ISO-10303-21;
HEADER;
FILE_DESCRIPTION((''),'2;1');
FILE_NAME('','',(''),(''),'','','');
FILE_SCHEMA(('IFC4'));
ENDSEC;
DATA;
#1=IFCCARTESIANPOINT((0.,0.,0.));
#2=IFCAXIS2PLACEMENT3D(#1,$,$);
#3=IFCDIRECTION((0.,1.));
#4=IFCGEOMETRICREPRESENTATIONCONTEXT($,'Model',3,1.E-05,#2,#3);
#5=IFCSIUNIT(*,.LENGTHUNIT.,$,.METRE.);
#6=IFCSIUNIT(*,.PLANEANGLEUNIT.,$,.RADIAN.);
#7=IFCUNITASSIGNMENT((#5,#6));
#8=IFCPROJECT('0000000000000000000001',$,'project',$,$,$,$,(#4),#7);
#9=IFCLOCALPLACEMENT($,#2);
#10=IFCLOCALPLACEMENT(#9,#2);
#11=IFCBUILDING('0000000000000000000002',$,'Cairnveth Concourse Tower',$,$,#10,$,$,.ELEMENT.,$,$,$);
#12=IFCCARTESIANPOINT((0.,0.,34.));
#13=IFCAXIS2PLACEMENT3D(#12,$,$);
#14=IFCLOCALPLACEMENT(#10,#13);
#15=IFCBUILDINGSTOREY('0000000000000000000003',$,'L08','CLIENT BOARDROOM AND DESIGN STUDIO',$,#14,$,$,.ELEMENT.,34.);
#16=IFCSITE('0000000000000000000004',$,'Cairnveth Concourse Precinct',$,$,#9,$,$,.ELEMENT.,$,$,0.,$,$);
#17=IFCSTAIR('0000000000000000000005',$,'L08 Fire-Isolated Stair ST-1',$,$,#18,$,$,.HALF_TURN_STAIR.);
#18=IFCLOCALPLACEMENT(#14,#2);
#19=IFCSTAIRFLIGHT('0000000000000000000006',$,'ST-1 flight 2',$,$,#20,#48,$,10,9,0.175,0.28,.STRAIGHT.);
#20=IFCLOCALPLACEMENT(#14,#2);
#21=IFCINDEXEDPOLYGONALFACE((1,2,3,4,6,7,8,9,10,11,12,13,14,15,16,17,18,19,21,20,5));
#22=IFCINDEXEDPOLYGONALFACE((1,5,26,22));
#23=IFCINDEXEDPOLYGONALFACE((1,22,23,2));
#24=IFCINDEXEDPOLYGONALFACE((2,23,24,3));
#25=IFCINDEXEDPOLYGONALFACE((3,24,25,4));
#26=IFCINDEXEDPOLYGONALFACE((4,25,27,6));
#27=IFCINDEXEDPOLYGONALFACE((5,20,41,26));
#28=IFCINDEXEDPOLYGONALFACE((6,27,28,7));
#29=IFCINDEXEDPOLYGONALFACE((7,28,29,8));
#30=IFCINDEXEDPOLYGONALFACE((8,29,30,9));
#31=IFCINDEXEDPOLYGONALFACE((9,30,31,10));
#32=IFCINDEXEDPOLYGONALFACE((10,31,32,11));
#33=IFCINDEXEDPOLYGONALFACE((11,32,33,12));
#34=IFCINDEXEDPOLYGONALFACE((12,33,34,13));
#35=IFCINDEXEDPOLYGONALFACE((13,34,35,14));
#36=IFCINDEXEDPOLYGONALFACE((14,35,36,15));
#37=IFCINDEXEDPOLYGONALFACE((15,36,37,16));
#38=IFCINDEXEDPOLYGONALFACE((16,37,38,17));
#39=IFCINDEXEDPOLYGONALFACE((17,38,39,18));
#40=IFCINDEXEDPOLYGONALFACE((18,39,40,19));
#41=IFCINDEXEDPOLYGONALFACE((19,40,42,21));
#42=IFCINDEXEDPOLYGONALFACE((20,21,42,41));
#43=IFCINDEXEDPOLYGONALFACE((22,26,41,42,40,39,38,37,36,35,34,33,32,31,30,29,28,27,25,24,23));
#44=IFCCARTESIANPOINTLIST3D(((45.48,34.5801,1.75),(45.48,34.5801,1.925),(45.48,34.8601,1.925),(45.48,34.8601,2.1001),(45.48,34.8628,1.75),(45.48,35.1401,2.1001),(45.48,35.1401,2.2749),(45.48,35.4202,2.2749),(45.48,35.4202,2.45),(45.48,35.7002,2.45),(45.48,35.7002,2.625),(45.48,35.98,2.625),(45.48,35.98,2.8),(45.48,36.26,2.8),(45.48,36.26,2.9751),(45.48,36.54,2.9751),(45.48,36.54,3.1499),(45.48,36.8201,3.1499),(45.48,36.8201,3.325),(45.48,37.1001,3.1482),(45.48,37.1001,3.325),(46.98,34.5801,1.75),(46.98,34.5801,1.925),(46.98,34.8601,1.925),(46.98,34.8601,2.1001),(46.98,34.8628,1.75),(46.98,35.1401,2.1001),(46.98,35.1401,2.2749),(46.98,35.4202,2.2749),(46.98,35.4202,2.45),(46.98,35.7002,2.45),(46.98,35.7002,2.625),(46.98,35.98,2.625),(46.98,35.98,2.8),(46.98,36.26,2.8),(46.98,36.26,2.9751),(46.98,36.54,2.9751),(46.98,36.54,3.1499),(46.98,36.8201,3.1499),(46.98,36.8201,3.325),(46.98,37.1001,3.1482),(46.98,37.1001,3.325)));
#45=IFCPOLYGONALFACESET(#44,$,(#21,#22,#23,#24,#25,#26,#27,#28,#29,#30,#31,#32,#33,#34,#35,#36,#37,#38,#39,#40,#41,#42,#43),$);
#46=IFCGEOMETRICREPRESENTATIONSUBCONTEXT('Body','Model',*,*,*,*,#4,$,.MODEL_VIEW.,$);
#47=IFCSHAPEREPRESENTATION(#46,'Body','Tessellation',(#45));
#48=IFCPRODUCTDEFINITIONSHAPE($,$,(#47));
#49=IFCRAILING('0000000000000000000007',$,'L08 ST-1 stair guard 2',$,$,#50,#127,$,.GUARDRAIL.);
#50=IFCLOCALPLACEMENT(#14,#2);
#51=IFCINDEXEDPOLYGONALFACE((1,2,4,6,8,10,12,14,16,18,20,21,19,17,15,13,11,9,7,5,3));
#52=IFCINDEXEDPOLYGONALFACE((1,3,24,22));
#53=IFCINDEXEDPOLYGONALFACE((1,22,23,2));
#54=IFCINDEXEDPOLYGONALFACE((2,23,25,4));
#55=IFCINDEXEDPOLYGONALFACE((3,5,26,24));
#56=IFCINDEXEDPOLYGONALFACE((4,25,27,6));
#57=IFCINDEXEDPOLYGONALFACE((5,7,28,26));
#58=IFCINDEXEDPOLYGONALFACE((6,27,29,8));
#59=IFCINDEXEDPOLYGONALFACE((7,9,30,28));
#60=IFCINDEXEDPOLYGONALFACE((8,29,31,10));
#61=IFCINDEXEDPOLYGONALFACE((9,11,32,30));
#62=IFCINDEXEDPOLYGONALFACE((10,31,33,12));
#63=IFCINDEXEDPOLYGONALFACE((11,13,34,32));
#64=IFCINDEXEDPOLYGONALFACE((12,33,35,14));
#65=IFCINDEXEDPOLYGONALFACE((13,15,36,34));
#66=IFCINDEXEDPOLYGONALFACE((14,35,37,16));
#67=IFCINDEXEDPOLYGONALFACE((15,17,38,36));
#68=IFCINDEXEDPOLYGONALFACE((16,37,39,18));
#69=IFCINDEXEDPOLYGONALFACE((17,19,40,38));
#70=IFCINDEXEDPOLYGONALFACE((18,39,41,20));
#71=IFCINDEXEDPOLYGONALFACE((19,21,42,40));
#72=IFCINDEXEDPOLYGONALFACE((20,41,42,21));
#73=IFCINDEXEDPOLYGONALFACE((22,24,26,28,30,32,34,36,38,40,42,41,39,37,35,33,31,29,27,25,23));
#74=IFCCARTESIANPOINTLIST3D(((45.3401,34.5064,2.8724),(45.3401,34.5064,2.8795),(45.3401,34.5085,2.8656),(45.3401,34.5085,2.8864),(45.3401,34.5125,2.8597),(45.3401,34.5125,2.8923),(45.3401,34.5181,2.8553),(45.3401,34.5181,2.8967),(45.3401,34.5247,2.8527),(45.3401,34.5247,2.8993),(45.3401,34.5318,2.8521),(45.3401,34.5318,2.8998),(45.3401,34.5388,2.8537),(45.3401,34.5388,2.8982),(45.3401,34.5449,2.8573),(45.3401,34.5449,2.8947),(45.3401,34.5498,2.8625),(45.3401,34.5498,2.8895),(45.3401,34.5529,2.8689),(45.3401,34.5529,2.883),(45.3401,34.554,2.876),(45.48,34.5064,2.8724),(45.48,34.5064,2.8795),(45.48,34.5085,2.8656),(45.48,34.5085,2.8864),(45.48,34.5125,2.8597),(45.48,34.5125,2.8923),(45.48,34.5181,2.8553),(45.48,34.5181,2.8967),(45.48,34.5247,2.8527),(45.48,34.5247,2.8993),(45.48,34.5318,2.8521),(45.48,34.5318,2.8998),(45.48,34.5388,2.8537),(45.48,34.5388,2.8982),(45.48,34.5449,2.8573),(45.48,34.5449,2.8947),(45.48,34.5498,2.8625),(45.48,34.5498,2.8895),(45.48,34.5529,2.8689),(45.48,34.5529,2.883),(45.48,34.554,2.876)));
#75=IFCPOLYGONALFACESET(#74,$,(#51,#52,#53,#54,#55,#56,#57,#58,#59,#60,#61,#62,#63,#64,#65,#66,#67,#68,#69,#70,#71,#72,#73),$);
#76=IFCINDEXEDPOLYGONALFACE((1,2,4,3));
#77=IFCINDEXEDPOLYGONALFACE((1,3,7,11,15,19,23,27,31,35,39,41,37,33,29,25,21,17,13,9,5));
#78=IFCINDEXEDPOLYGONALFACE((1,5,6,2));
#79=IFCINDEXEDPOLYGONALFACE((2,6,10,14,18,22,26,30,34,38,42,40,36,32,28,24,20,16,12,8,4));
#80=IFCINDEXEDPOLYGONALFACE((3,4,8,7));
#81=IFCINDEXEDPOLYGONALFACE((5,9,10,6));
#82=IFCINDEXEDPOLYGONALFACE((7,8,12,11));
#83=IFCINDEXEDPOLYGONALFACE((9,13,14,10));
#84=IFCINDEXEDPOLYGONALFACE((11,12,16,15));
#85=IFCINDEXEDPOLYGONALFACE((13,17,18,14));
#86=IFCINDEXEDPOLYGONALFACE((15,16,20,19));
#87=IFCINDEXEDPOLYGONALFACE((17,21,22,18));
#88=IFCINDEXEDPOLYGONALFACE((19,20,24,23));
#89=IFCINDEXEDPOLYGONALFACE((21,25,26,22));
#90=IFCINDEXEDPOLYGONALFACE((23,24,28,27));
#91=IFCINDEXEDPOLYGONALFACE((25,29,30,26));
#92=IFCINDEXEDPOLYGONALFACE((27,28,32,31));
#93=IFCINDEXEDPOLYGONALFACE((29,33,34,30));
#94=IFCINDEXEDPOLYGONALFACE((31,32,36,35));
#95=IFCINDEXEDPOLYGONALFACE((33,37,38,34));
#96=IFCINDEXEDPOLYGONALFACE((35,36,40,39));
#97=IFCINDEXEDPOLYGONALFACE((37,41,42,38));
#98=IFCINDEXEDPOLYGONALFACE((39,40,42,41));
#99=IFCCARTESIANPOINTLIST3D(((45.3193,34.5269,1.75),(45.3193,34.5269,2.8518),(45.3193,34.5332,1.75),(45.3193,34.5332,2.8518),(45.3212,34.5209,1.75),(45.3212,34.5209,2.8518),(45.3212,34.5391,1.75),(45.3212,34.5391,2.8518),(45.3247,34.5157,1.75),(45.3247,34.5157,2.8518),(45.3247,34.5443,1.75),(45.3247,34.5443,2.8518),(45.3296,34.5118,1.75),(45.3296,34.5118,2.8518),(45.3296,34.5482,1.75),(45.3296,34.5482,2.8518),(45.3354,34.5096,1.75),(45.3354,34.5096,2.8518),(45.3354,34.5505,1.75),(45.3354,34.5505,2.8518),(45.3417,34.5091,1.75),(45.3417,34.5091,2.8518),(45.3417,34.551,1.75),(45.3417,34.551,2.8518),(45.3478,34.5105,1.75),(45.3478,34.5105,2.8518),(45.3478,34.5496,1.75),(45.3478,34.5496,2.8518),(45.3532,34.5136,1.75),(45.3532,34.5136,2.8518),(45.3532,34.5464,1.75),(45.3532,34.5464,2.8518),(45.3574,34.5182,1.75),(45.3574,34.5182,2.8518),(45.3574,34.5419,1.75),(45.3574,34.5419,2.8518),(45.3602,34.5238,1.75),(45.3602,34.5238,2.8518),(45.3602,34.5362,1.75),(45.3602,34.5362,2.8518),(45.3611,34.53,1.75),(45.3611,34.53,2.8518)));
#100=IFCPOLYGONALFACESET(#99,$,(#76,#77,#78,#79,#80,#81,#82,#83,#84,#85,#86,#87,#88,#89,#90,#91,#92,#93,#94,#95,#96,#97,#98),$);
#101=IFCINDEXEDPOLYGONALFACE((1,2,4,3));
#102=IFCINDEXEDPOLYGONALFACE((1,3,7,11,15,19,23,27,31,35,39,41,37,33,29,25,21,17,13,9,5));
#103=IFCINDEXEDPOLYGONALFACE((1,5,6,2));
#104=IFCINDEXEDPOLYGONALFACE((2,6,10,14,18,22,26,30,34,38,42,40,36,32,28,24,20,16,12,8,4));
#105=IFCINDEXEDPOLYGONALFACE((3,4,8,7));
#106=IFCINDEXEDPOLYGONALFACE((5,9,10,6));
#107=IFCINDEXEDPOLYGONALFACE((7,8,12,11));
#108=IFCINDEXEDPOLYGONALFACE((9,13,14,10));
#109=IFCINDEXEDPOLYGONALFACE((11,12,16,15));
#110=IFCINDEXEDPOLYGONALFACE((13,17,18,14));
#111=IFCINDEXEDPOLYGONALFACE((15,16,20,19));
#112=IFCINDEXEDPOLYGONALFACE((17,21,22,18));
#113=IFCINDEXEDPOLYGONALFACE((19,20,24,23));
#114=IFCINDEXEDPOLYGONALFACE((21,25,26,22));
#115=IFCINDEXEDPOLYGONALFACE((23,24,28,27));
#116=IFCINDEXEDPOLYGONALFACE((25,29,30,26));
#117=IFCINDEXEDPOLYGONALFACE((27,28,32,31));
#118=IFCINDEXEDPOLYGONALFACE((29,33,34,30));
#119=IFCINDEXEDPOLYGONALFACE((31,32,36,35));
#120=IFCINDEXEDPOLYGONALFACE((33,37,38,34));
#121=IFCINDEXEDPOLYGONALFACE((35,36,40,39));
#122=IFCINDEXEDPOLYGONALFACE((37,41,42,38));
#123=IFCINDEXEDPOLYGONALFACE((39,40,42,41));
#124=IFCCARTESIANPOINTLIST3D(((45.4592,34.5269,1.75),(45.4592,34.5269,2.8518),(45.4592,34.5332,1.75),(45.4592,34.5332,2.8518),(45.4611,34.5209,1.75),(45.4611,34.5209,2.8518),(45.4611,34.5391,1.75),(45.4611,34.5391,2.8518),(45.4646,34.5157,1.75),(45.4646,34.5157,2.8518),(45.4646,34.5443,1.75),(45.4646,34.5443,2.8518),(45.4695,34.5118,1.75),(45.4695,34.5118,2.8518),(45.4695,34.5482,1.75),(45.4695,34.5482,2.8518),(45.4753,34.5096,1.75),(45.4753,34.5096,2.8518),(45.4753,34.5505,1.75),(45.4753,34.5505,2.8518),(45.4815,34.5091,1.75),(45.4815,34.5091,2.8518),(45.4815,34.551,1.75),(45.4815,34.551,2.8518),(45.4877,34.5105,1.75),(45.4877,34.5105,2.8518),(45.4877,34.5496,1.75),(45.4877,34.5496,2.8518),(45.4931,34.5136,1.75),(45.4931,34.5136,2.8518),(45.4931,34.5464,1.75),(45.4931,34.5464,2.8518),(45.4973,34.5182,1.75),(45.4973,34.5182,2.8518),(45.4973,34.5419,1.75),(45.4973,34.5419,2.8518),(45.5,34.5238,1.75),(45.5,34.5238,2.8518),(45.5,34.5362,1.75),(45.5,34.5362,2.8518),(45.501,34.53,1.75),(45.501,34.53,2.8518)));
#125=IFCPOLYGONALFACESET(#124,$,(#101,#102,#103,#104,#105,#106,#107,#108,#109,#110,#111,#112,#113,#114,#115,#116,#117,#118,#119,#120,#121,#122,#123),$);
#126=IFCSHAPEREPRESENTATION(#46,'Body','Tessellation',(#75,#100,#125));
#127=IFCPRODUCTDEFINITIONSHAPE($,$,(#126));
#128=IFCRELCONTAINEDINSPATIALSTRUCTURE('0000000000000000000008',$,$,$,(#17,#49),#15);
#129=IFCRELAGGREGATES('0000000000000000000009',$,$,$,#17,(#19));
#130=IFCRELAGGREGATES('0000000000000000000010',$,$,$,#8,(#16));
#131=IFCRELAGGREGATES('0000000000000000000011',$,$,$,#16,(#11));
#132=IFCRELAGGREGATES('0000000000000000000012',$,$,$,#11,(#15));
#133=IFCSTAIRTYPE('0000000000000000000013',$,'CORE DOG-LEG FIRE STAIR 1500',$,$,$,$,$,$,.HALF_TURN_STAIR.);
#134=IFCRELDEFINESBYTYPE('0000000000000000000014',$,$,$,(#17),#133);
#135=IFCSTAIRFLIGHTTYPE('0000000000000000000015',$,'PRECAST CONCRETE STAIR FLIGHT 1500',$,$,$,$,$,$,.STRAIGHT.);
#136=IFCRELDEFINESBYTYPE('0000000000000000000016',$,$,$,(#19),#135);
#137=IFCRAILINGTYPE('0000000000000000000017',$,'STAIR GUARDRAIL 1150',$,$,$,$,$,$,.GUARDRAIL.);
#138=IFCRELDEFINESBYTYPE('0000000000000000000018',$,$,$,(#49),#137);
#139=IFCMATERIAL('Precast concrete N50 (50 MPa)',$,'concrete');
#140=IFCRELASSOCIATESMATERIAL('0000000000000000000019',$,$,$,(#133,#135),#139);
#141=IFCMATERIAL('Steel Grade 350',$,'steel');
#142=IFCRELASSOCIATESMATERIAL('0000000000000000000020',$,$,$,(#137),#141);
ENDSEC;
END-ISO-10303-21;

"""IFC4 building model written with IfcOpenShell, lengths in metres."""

from ifc_helpers import new_model, si_unit, direction, frame, origin, origin_2d, place, context, subcontext, project, spatial, polyline, circle, outline, extrude, material, type_object, element, aggregate, save


model = new_model("IFC4")

# Units and contexts
model_context = context("Model", 3, precision=1e-05, world=origin(), true_north=direction((0.0, 1.0)))
body_context = subcontext(model_context, "Body", "Model", "MODEL_VIEW")
ifc_project = project(units=[si_unit("LENGTHUNIT", "METRE"), si_unit("PLANEANGLEUNIT", "RADIAN")], contexts=[model_context])

# Site, building, storey
site_placement = place(None, origin())
site = spatial("IfcSite", under=ifc_project, at=site_placement, Name="Cairnveth Concourse Precinct", CompositionType="ELEMENT", RefElevation=0.0)
building_placement = place(site_placement, origin())
building = spatial("IfcBuilding", under=site, at=building_placement, Name="Cairnveth Concourse Tower", CompositionType="ELEMENT")
storey_placement = place(building_placement, frame((0.0, 0.0, 34.0)))
storey = spatial("IfcBuildingStorey", under=building, at=storey_placement, Name="L08", Description="CLIENT BOARDROOM AND DESIGN STUDIO", CompositionType="ELEMENT", Elevation=34.0)

# Stair, stair flight
ifc_material_1 = material(Name="Precast concrete N50 (50 MPa)", Category="concrete")
stair_type = type_object("IfcStairType", Name="CORE DOG-LEG FIRE STAIR 1500", PredefinedType="HALF_TURN_STAIR", material=ifc_material_1)
stair_placement = place(storey_placement, origin())
stair = element("IfcStair", 1, at=stair_placement, inside=storey, type_object=stair_type, Name="L08 Fire-Isolated Stair ST-1", PredefinedType="HALF_TURN_STAIR")
stair_flight_type = type_object("IfcStairFlightType", Name="PRECAST CONCRETE STAIR FLIGHT 1500", PredefinedType="STRAIGHT", material=ifc_material_1)
stair_flight_placement = place(storey_placement, frame((46.23, 34.5801, 1.75), z_axis=(0.0, 0.0, 1.0), x_axis=(0.0, 1.0, 0.0)))
stair_flight = element("IfcStairFlight", 2, at=stair_flight_placement, type_object=stair_flight_type, Name="ST-1 flight 2", NumberOfRisers=10, NumberOfTreads=9, PredefinedType="STRAIGHT", RiserHeight=0.175, TreadLength=0.28, context=body_context, shape_type="SweptSolid", body=[
    extrude(outline(polyline([(0.0, 0.0), (0.0, 0.175), (0.28, 0.175), (0.28, 0.3501), (0.5601, 0.3501), (0.5601, 0.5249), (0.8401, 0.5249), (0.8401, 0.7), (1.1201, 0.7), (1.1201, 0.875), (1.3999, 0.875), (1.3999, 1.05), (1.6799, 1.05), (1.6799, 1.2251), (1.96, 1.2251), (1.96, 1.3999), (2.24, 1.3999), (2.24, 1.575), (2.52, 1.575), (2.52, 1.75), (2.52, 1.3982), (0.2827, 0.0), (0.0, 0.0)])), frame((0.0, 0.75, 0.0), z_axis=(0.0, -1.0, 0.0), x_axis=(1.0, 0.0, 0.0)), (0.0, 0.0, 1.0), 1.5),
])
aggregate(stair, [stair_flight])

# Railing
ifc_material_2 = material(Name="Steel Grade 350", Category="steel")
railing_type_1 = type_object("IfcRailingType", Name="STAIR GUARDRAIL 1150", PredefinedType="GUARDRAIL", material=ifc_material_2)
railing_1_placement = place(storey_placement, frame((45.3401, 34.53, 1.75)))
element("IfcRailing", 3, at=railing_1_placement, inside=storey, type_object=railing_type_1, Name="L08 ST-1 stair guard 2", PredefinedType="GUARDRAIL", context=body_context, shape_type="SweptSolid", body=[
    extrude(circle(Radius=0.0239, at=origin_2d()), frame((0.0, 0.0, 1.126), z_axis=(1.0, 0.0, 0.0), x_axis=(0.0, 1.0, 0.0)), (0.0, 0.0, 1.0), 0.1399),
    extrude(circle(Radius=0.021, at=origin_2d()), origin(), (0.0, 0.0, 1.0), 1.1018),
    extrude(circle(Radius=0.021, at=origin_2d()), frame((0.1399, 0.0, 0.0)), (0.0, 0.0, 1.0), 1.1018),
])

save(model, "model.ifc")
